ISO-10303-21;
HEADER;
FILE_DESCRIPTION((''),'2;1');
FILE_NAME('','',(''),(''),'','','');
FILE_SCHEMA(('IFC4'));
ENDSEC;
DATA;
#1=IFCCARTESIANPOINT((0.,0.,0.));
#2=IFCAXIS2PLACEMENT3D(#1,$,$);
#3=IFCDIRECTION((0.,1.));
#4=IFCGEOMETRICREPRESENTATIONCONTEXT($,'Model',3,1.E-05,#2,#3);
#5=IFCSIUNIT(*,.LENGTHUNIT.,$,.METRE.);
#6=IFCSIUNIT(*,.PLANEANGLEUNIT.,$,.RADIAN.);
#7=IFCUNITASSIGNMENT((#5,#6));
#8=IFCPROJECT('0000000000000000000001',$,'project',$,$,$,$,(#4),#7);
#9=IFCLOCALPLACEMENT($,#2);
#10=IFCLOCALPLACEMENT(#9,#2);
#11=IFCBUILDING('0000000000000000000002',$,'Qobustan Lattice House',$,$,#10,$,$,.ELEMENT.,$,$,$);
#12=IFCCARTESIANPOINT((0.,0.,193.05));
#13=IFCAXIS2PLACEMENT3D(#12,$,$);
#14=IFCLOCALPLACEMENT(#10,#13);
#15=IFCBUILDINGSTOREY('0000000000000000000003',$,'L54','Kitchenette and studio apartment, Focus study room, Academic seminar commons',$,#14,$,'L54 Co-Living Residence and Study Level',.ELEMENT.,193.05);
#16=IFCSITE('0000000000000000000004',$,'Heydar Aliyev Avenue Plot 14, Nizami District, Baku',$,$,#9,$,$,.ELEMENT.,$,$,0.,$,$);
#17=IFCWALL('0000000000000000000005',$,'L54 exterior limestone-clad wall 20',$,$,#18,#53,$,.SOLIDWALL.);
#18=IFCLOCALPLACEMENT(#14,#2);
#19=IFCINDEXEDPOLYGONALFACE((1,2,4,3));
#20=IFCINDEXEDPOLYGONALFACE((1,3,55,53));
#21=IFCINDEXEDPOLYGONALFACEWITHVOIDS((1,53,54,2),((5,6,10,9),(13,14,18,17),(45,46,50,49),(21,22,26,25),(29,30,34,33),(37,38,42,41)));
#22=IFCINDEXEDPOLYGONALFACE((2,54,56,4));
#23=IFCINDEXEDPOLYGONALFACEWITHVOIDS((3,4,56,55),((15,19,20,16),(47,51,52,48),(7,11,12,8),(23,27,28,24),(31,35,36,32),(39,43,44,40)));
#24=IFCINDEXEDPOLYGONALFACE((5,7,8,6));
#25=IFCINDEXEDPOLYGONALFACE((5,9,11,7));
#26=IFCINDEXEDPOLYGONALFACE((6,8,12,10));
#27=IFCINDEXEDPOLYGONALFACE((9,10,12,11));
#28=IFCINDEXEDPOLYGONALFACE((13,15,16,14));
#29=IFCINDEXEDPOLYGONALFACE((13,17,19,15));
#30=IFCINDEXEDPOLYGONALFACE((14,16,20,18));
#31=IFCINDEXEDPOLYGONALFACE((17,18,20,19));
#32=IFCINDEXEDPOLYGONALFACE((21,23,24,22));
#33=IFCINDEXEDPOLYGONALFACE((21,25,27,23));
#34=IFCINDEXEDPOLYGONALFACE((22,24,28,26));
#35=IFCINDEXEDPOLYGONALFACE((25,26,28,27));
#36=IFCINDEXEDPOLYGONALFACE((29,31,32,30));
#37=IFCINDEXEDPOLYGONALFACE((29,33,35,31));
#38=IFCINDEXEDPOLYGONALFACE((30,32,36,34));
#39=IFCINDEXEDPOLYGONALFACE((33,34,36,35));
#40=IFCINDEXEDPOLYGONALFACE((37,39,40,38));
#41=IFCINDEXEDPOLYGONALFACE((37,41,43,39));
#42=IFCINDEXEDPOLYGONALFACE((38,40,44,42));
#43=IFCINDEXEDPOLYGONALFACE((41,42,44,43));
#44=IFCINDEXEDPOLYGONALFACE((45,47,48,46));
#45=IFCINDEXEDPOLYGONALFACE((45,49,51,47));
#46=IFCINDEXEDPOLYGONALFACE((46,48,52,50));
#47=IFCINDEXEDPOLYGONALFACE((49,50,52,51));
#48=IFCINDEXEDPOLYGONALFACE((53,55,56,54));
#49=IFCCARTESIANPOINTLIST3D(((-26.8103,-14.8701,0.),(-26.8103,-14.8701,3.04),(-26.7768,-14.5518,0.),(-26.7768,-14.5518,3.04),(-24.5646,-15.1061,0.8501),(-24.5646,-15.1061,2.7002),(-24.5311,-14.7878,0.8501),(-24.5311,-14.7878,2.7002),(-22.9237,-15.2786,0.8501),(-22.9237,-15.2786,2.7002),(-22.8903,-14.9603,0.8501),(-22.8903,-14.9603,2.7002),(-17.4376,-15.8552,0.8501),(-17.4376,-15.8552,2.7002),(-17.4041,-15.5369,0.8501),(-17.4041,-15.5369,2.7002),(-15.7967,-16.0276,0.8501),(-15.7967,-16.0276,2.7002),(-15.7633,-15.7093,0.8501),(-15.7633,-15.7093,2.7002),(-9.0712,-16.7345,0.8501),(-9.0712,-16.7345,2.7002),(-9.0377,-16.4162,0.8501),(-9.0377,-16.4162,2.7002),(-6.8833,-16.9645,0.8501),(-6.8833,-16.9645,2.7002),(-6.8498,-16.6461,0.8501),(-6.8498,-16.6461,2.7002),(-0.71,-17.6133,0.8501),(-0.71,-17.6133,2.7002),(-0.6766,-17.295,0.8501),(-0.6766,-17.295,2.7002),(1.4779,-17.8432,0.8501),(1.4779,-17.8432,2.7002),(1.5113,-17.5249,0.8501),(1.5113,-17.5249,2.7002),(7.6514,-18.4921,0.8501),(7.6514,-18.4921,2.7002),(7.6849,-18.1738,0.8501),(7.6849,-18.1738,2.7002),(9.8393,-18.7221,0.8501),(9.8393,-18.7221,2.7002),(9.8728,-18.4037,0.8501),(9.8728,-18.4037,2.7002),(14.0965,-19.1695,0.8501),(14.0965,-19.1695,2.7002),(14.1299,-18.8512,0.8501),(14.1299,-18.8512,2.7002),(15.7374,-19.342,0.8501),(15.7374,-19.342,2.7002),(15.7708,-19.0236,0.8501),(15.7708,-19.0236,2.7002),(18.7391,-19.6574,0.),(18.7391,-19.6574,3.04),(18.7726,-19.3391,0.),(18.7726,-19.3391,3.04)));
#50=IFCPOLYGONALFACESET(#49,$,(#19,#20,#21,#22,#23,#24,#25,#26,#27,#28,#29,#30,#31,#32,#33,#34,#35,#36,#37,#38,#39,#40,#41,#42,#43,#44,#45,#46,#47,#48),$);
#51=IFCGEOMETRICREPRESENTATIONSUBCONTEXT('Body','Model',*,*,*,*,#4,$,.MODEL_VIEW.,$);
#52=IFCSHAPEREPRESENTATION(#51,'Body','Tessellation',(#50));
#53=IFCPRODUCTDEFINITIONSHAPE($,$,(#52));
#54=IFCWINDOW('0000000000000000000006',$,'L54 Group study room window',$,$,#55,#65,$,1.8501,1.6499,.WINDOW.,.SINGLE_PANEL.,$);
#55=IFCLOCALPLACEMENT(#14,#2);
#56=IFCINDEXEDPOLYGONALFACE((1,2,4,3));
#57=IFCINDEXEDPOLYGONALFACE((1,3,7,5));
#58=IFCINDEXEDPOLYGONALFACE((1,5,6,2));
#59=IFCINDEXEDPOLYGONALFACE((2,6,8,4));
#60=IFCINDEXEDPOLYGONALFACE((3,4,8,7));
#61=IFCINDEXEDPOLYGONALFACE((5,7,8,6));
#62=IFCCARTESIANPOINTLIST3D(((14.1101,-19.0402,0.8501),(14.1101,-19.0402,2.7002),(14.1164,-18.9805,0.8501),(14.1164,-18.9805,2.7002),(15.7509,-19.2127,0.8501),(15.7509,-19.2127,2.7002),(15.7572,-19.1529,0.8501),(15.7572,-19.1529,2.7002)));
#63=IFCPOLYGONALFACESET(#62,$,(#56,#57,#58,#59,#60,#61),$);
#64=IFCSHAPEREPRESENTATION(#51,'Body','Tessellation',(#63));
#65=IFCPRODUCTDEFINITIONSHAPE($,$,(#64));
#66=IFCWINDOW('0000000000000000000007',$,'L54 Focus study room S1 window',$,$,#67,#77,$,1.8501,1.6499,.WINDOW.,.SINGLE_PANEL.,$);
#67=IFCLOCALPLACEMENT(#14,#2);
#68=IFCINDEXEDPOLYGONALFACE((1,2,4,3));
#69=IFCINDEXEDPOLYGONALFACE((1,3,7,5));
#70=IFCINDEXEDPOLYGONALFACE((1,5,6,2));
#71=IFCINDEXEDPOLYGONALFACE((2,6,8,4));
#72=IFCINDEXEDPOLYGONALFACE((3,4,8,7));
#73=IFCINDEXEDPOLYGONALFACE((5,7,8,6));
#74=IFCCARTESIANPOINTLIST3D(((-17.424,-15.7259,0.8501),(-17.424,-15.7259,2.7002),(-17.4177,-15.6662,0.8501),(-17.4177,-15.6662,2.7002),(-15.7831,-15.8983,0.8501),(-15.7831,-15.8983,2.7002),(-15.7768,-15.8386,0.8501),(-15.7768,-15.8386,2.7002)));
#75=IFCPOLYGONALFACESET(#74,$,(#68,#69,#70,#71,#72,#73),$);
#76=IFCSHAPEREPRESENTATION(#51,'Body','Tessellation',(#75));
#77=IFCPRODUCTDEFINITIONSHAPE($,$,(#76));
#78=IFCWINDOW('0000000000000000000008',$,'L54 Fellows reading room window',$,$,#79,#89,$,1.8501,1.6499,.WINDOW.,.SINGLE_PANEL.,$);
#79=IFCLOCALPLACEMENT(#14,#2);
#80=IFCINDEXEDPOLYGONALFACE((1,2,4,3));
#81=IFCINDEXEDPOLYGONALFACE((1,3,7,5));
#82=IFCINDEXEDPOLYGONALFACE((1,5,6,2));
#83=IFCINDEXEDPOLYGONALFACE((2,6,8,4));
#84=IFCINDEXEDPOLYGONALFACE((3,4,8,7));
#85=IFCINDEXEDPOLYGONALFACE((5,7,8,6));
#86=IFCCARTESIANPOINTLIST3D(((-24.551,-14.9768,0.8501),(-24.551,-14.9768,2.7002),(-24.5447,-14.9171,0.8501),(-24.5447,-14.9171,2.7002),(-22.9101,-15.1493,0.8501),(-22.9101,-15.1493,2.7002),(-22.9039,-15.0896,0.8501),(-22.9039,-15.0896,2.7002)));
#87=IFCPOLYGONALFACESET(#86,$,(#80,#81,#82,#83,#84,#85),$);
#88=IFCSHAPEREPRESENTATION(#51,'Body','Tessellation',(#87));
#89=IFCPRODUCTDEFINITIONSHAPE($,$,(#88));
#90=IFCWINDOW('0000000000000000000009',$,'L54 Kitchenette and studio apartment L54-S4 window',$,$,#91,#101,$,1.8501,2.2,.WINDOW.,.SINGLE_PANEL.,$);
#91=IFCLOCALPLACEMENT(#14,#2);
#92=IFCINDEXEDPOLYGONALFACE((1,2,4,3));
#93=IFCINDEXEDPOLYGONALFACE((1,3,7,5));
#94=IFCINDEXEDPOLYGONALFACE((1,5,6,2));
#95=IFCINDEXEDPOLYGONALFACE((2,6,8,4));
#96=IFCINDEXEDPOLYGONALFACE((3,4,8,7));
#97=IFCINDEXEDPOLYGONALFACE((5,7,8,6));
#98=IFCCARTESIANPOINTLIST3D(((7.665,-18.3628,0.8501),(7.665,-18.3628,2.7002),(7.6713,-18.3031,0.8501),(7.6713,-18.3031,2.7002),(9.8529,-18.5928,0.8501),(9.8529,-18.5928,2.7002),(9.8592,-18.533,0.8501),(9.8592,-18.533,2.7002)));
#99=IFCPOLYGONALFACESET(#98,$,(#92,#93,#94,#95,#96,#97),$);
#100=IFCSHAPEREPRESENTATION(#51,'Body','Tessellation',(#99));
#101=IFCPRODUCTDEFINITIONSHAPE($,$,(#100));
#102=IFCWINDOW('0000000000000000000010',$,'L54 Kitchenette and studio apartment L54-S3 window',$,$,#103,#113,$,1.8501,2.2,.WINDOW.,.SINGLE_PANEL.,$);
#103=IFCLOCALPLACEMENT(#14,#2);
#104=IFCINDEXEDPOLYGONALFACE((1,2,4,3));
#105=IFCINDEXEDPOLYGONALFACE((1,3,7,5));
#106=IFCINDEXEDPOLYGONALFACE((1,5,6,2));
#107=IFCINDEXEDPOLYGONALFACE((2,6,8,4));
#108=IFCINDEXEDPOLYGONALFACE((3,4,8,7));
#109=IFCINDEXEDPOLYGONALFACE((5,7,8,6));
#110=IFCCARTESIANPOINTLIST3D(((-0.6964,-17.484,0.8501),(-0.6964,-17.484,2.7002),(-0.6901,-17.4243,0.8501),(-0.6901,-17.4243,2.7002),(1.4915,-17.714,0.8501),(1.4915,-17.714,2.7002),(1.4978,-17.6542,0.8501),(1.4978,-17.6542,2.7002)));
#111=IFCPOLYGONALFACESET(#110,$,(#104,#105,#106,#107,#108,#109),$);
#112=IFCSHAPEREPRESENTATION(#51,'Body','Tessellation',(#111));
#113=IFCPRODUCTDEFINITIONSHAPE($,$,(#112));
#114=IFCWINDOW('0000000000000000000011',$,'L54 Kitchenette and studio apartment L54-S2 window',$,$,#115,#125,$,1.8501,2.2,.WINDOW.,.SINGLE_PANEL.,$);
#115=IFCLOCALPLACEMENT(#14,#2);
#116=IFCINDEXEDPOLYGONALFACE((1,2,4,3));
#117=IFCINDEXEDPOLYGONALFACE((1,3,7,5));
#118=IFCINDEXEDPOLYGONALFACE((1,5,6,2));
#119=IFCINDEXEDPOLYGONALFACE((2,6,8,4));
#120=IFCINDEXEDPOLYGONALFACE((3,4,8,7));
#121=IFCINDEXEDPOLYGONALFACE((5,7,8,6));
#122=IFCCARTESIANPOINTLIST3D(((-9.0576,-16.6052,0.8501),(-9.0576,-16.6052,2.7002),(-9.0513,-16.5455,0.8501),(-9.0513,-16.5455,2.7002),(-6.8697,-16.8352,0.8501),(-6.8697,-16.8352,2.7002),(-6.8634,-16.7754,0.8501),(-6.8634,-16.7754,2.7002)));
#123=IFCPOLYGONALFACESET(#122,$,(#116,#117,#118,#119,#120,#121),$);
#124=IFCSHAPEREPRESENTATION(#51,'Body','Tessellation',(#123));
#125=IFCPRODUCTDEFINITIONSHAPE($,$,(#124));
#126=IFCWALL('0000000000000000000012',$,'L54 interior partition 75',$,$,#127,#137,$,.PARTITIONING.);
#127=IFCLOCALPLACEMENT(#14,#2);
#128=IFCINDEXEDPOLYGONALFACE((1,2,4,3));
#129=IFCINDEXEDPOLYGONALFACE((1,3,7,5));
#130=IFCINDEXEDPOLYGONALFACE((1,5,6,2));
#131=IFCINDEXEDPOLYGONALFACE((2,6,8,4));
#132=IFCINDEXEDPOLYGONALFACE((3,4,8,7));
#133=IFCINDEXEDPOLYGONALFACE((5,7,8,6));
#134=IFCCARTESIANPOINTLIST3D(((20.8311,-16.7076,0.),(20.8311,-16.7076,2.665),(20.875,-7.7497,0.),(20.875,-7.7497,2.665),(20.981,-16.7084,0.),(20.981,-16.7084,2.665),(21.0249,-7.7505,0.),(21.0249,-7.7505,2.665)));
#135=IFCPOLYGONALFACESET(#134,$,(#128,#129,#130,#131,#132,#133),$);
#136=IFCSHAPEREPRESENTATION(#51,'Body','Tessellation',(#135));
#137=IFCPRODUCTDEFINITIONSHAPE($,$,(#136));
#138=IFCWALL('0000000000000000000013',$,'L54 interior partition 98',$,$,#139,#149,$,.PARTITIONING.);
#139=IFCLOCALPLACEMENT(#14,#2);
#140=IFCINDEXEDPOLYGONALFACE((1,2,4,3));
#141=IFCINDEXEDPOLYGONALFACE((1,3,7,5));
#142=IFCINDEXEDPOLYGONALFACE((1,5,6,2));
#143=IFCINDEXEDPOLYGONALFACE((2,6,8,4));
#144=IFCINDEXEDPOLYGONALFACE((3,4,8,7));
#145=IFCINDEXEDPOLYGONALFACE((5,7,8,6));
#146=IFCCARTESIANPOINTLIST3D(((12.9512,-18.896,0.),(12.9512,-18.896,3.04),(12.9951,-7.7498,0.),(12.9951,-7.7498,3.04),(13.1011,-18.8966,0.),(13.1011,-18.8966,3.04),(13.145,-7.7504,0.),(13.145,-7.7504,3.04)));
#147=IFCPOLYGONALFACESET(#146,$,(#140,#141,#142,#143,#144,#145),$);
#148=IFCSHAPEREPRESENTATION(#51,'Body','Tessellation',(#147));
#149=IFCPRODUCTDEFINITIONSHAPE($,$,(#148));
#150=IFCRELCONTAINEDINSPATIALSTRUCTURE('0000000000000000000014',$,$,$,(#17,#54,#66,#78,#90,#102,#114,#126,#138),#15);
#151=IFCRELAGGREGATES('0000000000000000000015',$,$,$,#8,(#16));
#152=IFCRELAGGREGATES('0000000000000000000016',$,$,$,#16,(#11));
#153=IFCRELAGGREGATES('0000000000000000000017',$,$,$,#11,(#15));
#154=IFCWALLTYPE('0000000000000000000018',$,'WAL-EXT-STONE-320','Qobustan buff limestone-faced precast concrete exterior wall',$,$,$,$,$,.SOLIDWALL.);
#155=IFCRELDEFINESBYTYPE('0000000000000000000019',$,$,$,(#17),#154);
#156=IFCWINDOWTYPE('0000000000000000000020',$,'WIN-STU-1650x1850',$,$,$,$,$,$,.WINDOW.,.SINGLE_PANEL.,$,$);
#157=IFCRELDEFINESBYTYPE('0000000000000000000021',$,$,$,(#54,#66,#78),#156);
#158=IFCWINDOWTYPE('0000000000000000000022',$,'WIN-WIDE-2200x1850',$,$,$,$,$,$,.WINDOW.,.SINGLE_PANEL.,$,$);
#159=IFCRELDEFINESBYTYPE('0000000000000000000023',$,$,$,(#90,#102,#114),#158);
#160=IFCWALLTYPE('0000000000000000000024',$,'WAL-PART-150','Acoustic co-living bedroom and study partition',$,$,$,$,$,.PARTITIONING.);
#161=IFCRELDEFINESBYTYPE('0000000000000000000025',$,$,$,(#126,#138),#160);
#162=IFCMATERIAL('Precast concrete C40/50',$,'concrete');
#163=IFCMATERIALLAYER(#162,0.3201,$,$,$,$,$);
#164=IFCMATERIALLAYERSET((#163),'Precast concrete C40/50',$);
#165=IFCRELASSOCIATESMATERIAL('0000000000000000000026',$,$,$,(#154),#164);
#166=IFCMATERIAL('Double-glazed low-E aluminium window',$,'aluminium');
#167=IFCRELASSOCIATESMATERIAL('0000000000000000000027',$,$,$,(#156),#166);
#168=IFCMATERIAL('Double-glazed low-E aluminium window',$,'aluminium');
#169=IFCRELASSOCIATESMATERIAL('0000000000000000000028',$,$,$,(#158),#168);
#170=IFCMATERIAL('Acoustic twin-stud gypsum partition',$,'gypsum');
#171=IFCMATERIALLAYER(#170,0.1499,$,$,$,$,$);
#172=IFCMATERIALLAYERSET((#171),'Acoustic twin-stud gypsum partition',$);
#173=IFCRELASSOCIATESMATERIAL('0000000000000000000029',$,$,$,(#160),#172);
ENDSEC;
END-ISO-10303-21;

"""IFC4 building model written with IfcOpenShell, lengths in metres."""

from ifc_helpers import new_model, si_unit, direction, frame, frame_2d, origin, place, context, subcontext, project, spatial, rectangle, extrude, material, layer, layer_set, type_object, element, fill, save


model = new_model("IFC4")

# Units and contexts
model_context = context("Model", 3, precision=1e-05, world=origin(), true_north=direction((0.0, 1.0)))
body_context = subcontext(model_context, "Body", "Model", "MODEL_VIEW")
ifc_project = project(units=[si_unit("LENGTHUNIT", "METRE"), si_unit("PLANEANGLEUNIT", "RADIAN")], contexts=[model_context])

# Site, building, storey
site_placement = place(None, origin())
site = spatial("IfcSite", under=ifc_project, at=site_placement, Name="Heydar Aliyev Avenue Plot 14, Nizami District, Baku", CompositionType="ELEMENT", RefElevation=0.0)
building_placement = place(site_placement, origin())
building = spatial("IfcBuilding", under=site, at=building_placement, Name="Qobustan Lattice House", CompositionType="ELEMENT")
storey_placement = place(building_placement, frame((0.0, 0.0, 193.05)))
storey = spatial("IfcBuildingStorey", under=building, at=storey_placement, Name="L54", Description="Kitchenette and studio apartment, Focus study room, Academic seminar commons", LongName="L54 Co-Living Residence and Study Level", CompositionType="ELEMENT", Elevation=193.05)

# Shared definitions
ifc_material_1 = material(Name="Precast concrete C40/50", Category="concrete")
ifc_layer_1 = layer(ifc_material_1, 0.3201)
ifc_layer_set_1 = layer_set([ifc_layer_1], Name="Precast concrete C40/50")
wall_type_1 = type_object("IfcWallType", Name="WAL-EXT-STONE-320", Description="Qobustan buff limestone-faced precast concrete exterior wall", PredefinedType="SOLIDWALL", material=ifc_layer_set_1)

# Wall, openings, windows
wall_1_placement = place(storey_placement, frame((18.7559, -19.4983, 0.0), z_axis=(0.0, 0.0, 1.0), x_axis=(-0.994522, 0.104527, 0.0)))
wall_1 = element("IfcWall", 1, at=wall_1_placement, inside=storey, type_object=wall_type_1, Name="L54 exterior limestone-clad wall 20", PredefinedType="SOLIDWALL", context=body_context, shape_type="SweptSolid", body=[
    extrude(rectangle(XDim=45.8003, YDim=0.3201, at=frame_2d((22.9001, 0.0))), origin(), (0.0, 0.0, 1.0), 3.04),
])
opening_1_placement = place(wall_1_placement, frame((3.0183, 0.0, 0.8501)))
opening_1 = element("IfcOpeningElement", 2, at=opening_1_placement, cuts=wall_1, PredefinedType="OPENING", context=body_context, shape_type="SweptSolid", body=[
    extrude(rectangle(XDim=1.6499, YDim=1.8501, at=frame_2d((0.825, 0.925))), frame((0.0, 0.1699, 0.0), z_axis=(0.0, -1.0, 0.0), x_axis=(1.0, 0.0, 0.0)), (0.0, 0.0, 1.0), 0.3401),
])
opening_2_placement = place(wall_1_placement, frame((8.9487, 0.0, 0.8501)))
opening_2 = element("IfcOpeningElement", 3, at=opening_2_placement, cuts=wall_1, PredefinedType="OPENING", context=body_context, shape_type="SweptSolid", body=[
    extrude(rectangle(XDim=2.2, YDim=1.8501, at=frame_2d((1.1001, 0.925))), frame((0.0, 0.1699, 0.0), z_axis=(0.0, -1.0, 0.0), x_axis=(1.0, 0.0, 0.0)), (0.0, 0.0, 1.0), 0.3401),
])
opening_3_placement = place(wall_1_placement, frame((17.3562, 0.0, 0.8501)))
opening_3 = element("IfcOpeningElement", 4, at=opening_3_placement, cuts=wall_1, PredefinedType="OPENING", context=body_context, shape_type="SweptSolid", body=[
    extrude(rectangle(XDim=2.2, YDim=1.8501, at=frame_2d((1.1001, 0.925))), frame((0.0, 0.1699, 0.0), z_axis=(0.0, -1.0, 0.0), x_axis=(1.0, 0.0, 0.0)), (0.0, 0.0, 1.0), 0.3401),
])
opening_4_placement = place(wall_1_placement, frame((25.7634, 0.0, 0.8501)))
opening_4 = element("IfcOpeningElement", 5, at=opening_4_placement, cuts=wall_1, PredefinedType="OPENING", context=body_context, shape_type="SweptSolid", body=[
    extrude(rectangle(XDim=2.2, YDim=1.8501, at=frame_2d((1.1001, 0.925))), frame((0.0, 0.1699, 0.0), z_axis=(0.0, -1.0, 0.0), x_axis=(1.0, 0.0, 0.0)), (0.0, 0.0, 1.0), 0.3401),
])
opening_5_placement = place(wall_1_placement, frame((34.7261, 0.0, 0.8501)))
opening_5 = element("IfcOpeningElement", 6, at=opening_5_placement, cuts=wall_1, PredefinedType="OPENING", context=body_context, shape_type="SweptSolid", body=[
    extrude(rectangle(XDim=1.6499, YDim=1.8501, at=frame_2d((0.825, 0.925))), frame((0.0, 0.1699, 0.0), z_axis=(0.0, -1.0, 0.0), x_axis=(1.0, 0.0, 0.0)), (0.0, 0.0, 1.0), 0.3401),
])
opening_6_placement = place(wall_1_placement, frame((41.8923, 0.0, 0.8501)))
opening_6 = element("IfcOpeningElement", 7, at=opening_6_placement, cuts=wall_1, PredefinedType="OPENING", context=body_context, shape_type="SweptSolid", body=[
    extrude(rectangle(XDim=1.6499, YDim=1.8501, at=frame_2d((0.825, 0.925))), frame((0.0, 0.1699, 0.0), z_axis=(0.0, -1.0, 0.0), x_axis=(1.0, 0.0, 0.0)), (0.0, 0.0, 1.0), 0.3401),
])
ifc_material_2 = material(Name="Double-glazed low-E aluminium window", Category="aluminium")
window_type_1 = type_object("IfcWindowType", Name="WIN-STU-1650x1850", PartitioningType="SINGLE_PANEL", PredefinedType="WINDOW", material=ifc_material_2)
window_1_placement = place(opening_1_placement, origin())
window_1 = element("IfcWindow", 8, at=window_1_placement, inside=storey, type_object=window_type_1, Name="L54 Group study room window", OverallHeight=1.8501, OverallWidth=1.6499, PartitioningType="SINGLE_PANEL", PredefinedType="WINDOW", context=body_context, shape_type="SweptSolid", body=[
    extrude(rectangle(XDim=1.6499, YDim=1.8501, at=frame_2d((0.825, 0.925))), frame((0.0, 0.03, 0.0), z_axis=(0.0, -1.0, 0.0), x_axis=(1.0, 0.0, 0.0)), (0.0, 0.0, 1.0), 0.0601),
])
fill(opening_1, window_1)
window_2_placement = place(opening_5_placement, origin())
window_2 = element("IfcWindow", 9, at=window_2_placement, inside=storey, type_object=window_type_1, Name="L54 Focus study room S1 window", OverallHeight=1.8501, OverallWidth=1.6499, PartitioningType="SINGLE_PANEL", PredefinedType="WINDOW", context=body_context, shape_type="SweptSolid", body=[
    extrude(rectangle(XDim=1.6499, YDim=1.8501, at=frame_2d((0.825, 0.925))), frame((0.0, 0.03, 0.0), z_axis=(0.0, -1.0, 0.0), x_axis=(1.0, 0.0, 0.0)), (0.0, 0.0, 1.0), 0.0601),
])
fill(opening_5, window_2)
window_3_placement = place(opening_6_placement, origin())
window_3 = element("IfcWindow", 10, at=window_3_placement, inside=storey, type_object=window_type_1, Name="L54 Fellows reading room window", OverallHeight=1.8501, OverallWidth=1.6499, PartitioningType="SINGLE_PANEL", PredefinedType="WINDOW", context=body_context, shape_type="SweptSolid", body=[
    extrude(rectangle(XDim=1.6499, YDim=1.8501, at=frame_2d((0.825, 0.925))), frame((0.0, 0.03, 0.0), z_axis=(0.0, -1.0, 0.0), x_axis=(1.0, 0.0, 0.0)), (0.0, 0.0, 1.0), 0.0601),
])
fill(opening_6, window_3)
ifc_material_3 = material(Name="Double-glazed low-E aluminium window", Category="aluminium")
window_type_2 = type_object("IfcWindowType", Name="WIN-WIDE-2200x1850", PartitioningType="SINGLE_PANEL", PredefinedType="WINDOW", material=ifc_material_3)
window_4_placement = place(opening_2_placement, origin())
window_4 = element("IfcWindow", 11, at=window_4_placement, inside=storey, type_object=window_type_2, Name="L54 Kitchenette and studio apartment L54-S4 window", OverallHeight=1.8501, OverallWidth=2.2, PartitioningType="SINGLE_PANEL", PredefinedType="WINDOW", context=body_context, shape_type="SweptSolid", body=[
    extrude(rectangle(XDim=2.2, YDim=1.8501, at=frame_2d((1.1001, 0.925))), frame((0.0, 0.03, 0.0), z_axis=(0.0, -1.0, 0.0), x_axis=(1.0, 0.0, 0.0)), (0.0, 0.0, 1.0), 0.0601),
])
fill(opening_2, window_4)
window_5_placement = place(opening_3_placement, origin())
window_5 = element("IfcWindow", 12, at=window_5_placement, inside=storey, type_object=window_type_2, Name="L54 Kitchenette and studio apartment L54-S3 window", OverallHeight=1.8501, OverallWidth=2.2, PartitioningType="SINGLE_PANEL", PredefinedType="WINDOW", context=body_context, shape_type="SweptSolid", body=[
    extrude(rectangle(XDim=2.2, YDim=1.8501, at=frame_2d((1.1001, 0.925))), frame((0.0, 0.03, 0.0), z_axis=(0.0, -1.0, 0.0), x_axis=(1.0, 0.0, 0.0)), (0.0, 0.0, 1.0), 0.0601),
])
fill(opening_3, window_5)
window_6_placement = place(opening_4_placement, origin())
window_6 = element("IfcWindow", 13, at=window_6_placement, inside=storey, type_object=window_type_2, Name="L54 Kitchenette and studio apartment L54-S2 window", OverallHeight=1.8501, OverallWidth=2.2, PartitioningType="SINGLE_PANEL", PredefinedType="WINDOW", context=body_context, shape_type="SweptSolid", body=[
    extrude(rectangle(XDim=2.2, YDim=1.8501, at=frame_2d((1.1001, 0.925))), frame((0.0, 0.03, 0.0), z_axis=(0.0, -1.0, 0.0), x_axis=(1.0, 0.0, 0.0)), (0.0, 0.0, 1.0), 0.0601),
])
fill(opening_4, window_6)

# Walls
ifc_material_4 = material(Name="Acoustic twin-stud gypsum partition", Category="gypsum")
ifc_layer_2 = layer(ifc_material_4, 0.1499)
ifc_layer_set_2 = layer_set([ifc_layer_2], Name="Acoustic twin-stud gypsum partition")
wall_type_2 = type_object("IfcWallType", Name="WAL-PART-150", Description="Acoustic co-living bedroom and study partition", PredefinedType="PARTITIONING", material=ifc_layer_set_2)
wall_2_placement = place(storey_placement, frame((20.906, -16.708, 0.0), z_axis=(0.0, 0.0, 1.0), x_axis=(0.004906, 0.999988, 0.0)))
element("IfcWall", 14, at=wall_2_placement, inside=storey, type_object=wall_type_2, Name="L54 interior partition 75", PredefinedType="PARTITIONING", context=body_context, shape_type="SweptSolid", body=[
    extrude(rectangle(XDim=8.958, YDim=0.1499, at=frame_2d((4.479, 0.0))), origin(), (0.0, 0.0, 1.0), 2.665),
])
wall_3_placement = place(storey_placement, frame((13.0701, -7.75, 0.0), z_axis=(0.0, 0.0, 1.0), x_axis=(-0.003943, -0.999992, 0.0)))
element("IfcWall", 15, at=wall_3_placement, inside=storey, type_object=wall_type_2, Name="L54 interior partition 98", PredefinedType="PARTITIONING", context=body_context, shape_type="SweptSolid", body=[
    extrude(rectangle(XDim=11.1462, YDim=0.1499, at=frame_2d((5.5732, 0.0))), origin(), (0.0, 0.0, 1.0), 3.04),
])

save(model, "model.ifc")
